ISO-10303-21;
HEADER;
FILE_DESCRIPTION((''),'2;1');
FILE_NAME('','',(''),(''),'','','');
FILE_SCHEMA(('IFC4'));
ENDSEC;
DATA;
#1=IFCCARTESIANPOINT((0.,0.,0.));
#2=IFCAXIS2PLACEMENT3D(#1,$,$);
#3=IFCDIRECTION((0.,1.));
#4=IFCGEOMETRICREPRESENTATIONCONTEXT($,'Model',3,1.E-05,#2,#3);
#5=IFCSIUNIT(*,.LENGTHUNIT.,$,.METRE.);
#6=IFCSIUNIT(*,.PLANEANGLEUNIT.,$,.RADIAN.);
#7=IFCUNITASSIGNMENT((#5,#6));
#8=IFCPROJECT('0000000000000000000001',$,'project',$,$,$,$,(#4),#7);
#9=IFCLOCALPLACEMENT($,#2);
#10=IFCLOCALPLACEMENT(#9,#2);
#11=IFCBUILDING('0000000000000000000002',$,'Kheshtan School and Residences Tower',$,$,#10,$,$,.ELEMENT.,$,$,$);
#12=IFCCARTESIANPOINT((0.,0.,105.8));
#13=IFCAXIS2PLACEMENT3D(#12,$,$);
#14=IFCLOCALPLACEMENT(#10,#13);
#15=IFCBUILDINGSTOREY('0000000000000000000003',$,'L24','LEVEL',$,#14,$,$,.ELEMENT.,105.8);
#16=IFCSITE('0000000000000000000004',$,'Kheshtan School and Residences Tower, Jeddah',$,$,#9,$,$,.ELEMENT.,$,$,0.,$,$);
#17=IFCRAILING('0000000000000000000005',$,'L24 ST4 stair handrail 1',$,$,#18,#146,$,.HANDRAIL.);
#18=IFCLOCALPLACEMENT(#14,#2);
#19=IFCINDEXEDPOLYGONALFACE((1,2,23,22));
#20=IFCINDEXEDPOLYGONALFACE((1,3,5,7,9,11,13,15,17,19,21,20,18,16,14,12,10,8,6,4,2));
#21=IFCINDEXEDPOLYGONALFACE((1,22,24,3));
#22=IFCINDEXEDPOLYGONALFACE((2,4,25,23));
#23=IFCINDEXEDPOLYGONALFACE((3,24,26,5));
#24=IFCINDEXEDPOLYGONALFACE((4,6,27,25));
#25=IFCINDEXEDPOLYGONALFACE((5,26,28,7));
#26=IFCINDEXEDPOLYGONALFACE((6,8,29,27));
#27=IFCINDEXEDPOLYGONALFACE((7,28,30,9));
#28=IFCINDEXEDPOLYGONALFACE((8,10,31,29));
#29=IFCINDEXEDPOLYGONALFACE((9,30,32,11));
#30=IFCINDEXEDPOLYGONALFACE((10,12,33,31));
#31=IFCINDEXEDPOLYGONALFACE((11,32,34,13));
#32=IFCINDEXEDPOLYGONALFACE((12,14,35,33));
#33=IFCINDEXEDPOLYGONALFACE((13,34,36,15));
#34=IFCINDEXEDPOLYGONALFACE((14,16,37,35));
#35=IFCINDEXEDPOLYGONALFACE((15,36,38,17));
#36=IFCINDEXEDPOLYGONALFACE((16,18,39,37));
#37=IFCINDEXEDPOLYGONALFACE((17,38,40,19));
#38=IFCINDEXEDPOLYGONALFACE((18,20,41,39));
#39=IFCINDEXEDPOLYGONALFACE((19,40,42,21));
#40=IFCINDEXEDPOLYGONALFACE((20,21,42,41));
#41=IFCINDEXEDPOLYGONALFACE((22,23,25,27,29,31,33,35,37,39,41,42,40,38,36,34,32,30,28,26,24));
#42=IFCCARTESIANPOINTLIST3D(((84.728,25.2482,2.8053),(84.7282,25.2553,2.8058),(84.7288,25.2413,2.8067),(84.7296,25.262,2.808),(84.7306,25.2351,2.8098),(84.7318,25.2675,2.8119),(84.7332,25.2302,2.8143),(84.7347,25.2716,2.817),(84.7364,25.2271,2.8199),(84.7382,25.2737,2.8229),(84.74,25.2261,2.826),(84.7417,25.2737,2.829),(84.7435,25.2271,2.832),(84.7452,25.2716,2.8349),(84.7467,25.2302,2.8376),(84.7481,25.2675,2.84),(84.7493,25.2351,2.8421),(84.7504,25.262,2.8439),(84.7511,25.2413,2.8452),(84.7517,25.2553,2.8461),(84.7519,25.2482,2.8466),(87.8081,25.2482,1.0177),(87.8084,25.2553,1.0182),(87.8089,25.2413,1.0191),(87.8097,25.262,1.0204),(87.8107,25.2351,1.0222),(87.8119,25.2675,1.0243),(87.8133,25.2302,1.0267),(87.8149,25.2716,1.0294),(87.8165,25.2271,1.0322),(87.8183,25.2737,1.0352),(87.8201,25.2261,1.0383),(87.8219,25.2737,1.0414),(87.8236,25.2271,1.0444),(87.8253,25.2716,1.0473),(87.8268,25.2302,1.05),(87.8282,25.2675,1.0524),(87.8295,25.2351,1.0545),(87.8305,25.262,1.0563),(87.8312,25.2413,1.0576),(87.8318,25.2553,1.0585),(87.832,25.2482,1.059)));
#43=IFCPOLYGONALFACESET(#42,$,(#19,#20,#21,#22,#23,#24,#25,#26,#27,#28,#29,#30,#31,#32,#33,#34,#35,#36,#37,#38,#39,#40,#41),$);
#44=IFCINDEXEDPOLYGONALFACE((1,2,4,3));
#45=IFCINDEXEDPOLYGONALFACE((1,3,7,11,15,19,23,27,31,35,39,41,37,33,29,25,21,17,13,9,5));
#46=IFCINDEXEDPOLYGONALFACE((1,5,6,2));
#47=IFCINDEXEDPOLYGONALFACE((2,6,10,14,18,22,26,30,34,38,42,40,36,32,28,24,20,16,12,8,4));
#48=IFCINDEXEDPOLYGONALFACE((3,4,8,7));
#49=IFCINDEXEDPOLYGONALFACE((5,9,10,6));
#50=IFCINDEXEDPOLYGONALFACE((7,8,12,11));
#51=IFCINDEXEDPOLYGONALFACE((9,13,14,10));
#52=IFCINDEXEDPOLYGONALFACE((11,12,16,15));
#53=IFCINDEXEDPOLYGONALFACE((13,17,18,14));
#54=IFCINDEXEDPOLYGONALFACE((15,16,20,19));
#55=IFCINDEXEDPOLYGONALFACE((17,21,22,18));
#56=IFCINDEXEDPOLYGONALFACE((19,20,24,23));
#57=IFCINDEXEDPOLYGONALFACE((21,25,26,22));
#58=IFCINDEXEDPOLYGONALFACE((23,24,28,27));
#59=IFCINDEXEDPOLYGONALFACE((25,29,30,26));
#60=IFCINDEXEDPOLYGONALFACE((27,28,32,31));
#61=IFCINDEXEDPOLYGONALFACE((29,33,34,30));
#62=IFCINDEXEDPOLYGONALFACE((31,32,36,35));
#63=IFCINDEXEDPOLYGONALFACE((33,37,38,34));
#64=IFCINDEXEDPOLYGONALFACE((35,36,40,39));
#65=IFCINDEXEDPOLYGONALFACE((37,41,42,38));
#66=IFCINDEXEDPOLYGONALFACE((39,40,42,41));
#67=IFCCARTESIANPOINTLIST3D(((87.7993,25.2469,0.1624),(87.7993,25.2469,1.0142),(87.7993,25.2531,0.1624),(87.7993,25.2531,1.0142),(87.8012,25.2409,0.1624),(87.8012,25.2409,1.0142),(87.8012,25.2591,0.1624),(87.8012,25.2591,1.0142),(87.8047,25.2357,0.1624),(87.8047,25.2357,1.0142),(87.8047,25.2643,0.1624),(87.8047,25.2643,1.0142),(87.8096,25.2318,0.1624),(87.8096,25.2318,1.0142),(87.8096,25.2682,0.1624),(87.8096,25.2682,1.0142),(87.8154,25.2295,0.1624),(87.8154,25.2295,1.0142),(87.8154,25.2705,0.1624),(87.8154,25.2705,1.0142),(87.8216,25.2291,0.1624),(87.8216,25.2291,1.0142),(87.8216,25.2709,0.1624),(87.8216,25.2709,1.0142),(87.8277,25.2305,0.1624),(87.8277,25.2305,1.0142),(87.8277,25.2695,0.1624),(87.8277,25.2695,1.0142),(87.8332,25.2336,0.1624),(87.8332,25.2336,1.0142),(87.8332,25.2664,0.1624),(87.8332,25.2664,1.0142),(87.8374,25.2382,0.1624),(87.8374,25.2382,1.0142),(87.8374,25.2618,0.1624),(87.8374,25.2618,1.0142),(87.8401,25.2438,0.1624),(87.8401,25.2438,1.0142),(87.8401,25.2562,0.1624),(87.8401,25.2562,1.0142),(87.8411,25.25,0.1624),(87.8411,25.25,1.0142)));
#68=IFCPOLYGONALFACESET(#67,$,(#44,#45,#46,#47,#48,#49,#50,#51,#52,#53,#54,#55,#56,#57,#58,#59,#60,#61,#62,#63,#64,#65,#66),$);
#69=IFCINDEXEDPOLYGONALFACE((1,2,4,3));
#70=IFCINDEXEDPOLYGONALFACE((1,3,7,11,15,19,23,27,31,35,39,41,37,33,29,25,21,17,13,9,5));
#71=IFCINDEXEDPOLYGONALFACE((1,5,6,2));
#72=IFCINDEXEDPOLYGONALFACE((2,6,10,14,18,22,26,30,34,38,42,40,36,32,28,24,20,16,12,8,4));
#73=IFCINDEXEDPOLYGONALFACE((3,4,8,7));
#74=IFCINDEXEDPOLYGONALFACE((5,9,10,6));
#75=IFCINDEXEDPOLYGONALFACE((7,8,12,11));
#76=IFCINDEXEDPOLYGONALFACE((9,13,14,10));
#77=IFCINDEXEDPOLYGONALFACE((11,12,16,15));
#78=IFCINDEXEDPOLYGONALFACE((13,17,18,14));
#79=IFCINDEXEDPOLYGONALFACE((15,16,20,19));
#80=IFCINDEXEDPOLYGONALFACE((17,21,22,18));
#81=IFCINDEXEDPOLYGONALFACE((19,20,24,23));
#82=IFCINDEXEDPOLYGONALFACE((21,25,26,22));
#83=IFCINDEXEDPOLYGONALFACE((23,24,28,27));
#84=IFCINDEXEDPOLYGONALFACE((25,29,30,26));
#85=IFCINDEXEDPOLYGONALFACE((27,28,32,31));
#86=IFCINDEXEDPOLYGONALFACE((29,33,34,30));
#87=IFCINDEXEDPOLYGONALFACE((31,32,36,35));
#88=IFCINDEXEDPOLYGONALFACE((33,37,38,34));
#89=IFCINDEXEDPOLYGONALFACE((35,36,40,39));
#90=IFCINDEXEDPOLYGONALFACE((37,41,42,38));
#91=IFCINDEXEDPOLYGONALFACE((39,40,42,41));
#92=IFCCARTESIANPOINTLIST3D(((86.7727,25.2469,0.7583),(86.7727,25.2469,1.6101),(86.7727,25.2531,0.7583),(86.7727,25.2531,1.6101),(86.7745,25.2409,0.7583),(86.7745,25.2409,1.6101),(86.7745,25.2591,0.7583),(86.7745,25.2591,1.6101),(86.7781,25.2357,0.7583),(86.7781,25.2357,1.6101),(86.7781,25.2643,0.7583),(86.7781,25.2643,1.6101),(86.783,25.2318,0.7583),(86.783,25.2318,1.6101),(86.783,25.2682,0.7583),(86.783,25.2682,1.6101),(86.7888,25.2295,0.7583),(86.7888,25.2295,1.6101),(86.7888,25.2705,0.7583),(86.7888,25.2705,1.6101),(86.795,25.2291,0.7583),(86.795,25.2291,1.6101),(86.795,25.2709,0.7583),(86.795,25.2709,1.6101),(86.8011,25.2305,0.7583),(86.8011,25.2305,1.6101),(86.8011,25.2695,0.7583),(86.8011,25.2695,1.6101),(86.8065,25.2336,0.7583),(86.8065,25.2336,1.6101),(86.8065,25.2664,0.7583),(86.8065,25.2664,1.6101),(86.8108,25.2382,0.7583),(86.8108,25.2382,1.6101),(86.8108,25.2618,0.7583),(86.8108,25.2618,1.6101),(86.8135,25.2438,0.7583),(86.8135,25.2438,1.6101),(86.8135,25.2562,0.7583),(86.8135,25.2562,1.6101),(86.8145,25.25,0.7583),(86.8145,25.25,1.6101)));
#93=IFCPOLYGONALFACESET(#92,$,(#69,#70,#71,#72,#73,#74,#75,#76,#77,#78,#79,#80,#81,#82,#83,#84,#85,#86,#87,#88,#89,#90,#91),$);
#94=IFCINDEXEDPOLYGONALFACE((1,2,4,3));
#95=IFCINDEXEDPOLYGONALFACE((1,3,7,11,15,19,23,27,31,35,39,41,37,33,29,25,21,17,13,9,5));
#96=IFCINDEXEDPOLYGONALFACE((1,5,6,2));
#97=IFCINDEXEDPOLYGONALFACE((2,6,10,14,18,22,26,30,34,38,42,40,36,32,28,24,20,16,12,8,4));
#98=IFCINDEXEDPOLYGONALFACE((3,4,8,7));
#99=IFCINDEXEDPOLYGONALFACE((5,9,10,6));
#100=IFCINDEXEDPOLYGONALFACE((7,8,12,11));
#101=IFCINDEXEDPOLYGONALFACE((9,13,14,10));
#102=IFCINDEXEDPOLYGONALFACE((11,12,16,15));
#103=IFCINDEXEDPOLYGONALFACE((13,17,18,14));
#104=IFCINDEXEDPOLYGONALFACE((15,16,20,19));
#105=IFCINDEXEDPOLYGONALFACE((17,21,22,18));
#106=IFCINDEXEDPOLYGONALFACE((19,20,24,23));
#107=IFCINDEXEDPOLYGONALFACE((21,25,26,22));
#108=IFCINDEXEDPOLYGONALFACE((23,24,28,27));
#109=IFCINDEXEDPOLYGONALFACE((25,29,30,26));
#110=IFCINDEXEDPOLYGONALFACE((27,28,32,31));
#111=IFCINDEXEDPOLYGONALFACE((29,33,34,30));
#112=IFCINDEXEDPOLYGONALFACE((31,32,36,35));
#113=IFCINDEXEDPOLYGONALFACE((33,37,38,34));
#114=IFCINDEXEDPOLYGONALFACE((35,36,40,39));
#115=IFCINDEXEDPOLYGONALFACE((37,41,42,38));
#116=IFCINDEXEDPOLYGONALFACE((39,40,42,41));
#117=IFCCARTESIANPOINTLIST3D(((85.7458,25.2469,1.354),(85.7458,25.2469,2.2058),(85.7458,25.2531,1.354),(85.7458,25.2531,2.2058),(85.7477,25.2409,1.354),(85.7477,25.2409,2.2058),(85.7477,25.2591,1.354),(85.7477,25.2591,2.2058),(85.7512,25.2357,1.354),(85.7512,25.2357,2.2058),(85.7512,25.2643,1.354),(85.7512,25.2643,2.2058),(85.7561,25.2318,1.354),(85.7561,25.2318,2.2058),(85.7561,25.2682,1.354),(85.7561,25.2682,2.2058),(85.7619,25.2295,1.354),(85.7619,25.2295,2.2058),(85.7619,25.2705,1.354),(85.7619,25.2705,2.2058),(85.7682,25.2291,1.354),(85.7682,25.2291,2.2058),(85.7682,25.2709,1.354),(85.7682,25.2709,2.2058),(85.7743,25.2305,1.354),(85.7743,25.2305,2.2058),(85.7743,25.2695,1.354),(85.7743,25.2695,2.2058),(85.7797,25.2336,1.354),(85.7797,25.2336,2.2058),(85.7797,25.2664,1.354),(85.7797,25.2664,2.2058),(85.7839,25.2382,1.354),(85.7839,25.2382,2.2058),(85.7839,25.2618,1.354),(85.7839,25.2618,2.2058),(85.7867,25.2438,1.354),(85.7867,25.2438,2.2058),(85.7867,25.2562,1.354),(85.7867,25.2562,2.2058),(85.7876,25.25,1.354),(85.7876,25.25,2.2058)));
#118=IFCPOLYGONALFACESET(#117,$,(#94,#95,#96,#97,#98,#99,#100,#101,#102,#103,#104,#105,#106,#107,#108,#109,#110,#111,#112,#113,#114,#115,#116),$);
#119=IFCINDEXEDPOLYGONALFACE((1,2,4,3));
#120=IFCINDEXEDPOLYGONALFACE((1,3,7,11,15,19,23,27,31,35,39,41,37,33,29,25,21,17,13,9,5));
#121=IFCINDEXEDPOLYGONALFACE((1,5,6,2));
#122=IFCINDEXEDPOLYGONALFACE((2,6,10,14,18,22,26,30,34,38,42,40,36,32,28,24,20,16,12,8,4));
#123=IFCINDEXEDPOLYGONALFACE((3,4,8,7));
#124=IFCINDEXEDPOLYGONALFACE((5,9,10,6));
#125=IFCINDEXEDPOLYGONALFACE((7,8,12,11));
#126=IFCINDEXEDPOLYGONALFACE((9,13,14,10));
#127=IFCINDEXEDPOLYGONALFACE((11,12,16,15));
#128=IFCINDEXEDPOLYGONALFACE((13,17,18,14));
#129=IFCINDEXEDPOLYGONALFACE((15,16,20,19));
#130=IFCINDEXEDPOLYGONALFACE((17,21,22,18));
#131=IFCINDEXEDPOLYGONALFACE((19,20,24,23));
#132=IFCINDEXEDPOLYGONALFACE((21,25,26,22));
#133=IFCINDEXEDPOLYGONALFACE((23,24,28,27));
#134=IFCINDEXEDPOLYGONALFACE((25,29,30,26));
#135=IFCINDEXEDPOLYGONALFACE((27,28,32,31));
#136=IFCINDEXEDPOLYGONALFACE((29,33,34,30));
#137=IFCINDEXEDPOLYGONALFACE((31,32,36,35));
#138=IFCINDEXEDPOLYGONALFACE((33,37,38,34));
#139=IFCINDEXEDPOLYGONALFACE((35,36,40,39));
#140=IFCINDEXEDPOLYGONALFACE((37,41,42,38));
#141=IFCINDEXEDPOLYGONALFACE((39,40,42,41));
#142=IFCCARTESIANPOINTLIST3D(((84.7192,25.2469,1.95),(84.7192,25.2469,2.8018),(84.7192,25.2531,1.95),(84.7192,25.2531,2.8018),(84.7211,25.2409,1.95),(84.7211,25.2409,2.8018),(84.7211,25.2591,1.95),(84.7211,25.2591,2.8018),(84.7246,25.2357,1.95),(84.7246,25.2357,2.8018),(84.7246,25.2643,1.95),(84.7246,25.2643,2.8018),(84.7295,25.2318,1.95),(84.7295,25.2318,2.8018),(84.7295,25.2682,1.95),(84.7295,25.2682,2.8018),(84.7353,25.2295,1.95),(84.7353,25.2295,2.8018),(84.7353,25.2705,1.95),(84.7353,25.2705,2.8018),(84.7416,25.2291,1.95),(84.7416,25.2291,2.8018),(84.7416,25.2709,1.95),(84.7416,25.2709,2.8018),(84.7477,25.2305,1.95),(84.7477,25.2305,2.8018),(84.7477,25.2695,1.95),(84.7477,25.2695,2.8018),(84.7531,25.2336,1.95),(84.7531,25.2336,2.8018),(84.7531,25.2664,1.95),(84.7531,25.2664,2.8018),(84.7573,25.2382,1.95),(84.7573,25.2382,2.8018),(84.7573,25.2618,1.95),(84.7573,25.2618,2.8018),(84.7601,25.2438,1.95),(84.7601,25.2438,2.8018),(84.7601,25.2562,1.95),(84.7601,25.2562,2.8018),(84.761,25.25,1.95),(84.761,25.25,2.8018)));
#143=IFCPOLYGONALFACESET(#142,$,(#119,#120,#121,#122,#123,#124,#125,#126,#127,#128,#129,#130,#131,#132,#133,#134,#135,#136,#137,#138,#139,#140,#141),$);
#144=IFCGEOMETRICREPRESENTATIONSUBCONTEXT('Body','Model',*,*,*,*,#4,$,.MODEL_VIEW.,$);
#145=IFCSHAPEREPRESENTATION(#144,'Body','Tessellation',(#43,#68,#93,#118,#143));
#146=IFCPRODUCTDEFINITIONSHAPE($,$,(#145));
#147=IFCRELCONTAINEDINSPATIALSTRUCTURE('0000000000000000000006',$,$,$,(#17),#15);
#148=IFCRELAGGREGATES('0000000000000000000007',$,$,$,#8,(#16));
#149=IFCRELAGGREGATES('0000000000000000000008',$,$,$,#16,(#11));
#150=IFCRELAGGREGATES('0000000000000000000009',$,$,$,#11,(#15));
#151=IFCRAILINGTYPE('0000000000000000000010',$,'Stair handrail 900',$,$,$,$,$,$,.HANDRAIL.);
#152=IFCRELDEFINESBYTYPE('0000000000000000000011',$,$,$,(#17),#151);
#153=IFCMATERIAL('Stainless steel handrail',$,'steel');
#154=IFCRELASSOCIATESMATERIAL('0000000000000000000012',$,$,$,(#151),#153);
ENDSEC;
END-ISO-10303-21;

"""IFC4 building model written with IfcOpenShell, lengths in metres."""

from ifc_helpers import new_model, si_unit, direction, frame, origin, origin_2d, place, context, subcontext, project, spatial, circle, extrude, material, type_object, element, save


model = new_model("IFC4")

# Units and contexts
model_context = context("Model", 3, precision=1e-05, world=origin(), true_north=direction((0.0, 1.0)))
body_context = subcontext(model_context, "Body", "Model", "MODEL_VIEW")
ifc_project = project(units=[si_unit("LENGTHUNIT", "METRE"), si_unit("PLANEANGLEUNIT", "RADIAN")], contexts=[model_context])

# Site, building, storey
site_placement = place(None, origin())
site = spatial("IfcSite", under=ifc_project, at=site_placement, Name="Kheshtan School and Residences Tower, Jeddah", CompositionType="ELEMENT", RefElevation=0.0)
building_placement = place(site_placement, origin())
building = spatial("IfcBuilding", under=site, at=building_placement, Name="Kheshtan School and Residences Tower", CompositionType="ELEMENT")
storey_placement = place(building_placement, frame((0.0, 0.0, 105.8)))
storey = spatial("IfcBuildingStorey", under=building, at=storey_placement, Name="L24", Description="LEVEL", CompositionType="ELEMENT", Elevation=105.8)

# Railing
ifc_material_1 = material(Name="Stainless steel handrail", Category="steel")
railing_type_1 = type_object("IfcRailingType", Name="Stair handrail 900", PredefinedType="HANDRAIL", material=ifc_material_1)
railing_1_placement = place(storey_placement, frame((87.8201, 25.25, 0.1624)))
element("IfcRailing", 1, at=railing_1_placement, inside=storey, type_object=railing_type_1, Name="L24 ST4 stair handrail 1", PredefinedType="HANDRAIL", context=body_context, shape_type="SweptSolid", body=[
    extrude(circle(Radius=0.0239, at=origin_2d()), frame((0.0, 0.0, 0.876), z_axis=(-0.864891, 0.0, 0.50196), x_axis=(0.0, -1.0, 0.0)), (0.0, 0.0, 1.0), 3.5613),
    extrude(circle(Radius=0.021, at=origin_2d()), origin(), (0.0, 0.0, 1.0), 0.8518),
    extrude(circle(Radius=0.021, at=origin_2d()), frame((-1.0266, 0.0, 0.5959)), (0.0, 0.0, 1.0), 0.8518),
    extrude(circle(Radius=0.021, at=origin_2d()), frame((-2.0535, 0.0, 1.1917)), (0.0, 0.0, 1.0), 0.8518),
    extrude(circle(Radius=0.021, at=origin_2d()), frame((-3.0801, 0.0, 1.7876)), (0.0, 0.0, 1.0), 0.8518),
])

save(model, "model.ifc")
